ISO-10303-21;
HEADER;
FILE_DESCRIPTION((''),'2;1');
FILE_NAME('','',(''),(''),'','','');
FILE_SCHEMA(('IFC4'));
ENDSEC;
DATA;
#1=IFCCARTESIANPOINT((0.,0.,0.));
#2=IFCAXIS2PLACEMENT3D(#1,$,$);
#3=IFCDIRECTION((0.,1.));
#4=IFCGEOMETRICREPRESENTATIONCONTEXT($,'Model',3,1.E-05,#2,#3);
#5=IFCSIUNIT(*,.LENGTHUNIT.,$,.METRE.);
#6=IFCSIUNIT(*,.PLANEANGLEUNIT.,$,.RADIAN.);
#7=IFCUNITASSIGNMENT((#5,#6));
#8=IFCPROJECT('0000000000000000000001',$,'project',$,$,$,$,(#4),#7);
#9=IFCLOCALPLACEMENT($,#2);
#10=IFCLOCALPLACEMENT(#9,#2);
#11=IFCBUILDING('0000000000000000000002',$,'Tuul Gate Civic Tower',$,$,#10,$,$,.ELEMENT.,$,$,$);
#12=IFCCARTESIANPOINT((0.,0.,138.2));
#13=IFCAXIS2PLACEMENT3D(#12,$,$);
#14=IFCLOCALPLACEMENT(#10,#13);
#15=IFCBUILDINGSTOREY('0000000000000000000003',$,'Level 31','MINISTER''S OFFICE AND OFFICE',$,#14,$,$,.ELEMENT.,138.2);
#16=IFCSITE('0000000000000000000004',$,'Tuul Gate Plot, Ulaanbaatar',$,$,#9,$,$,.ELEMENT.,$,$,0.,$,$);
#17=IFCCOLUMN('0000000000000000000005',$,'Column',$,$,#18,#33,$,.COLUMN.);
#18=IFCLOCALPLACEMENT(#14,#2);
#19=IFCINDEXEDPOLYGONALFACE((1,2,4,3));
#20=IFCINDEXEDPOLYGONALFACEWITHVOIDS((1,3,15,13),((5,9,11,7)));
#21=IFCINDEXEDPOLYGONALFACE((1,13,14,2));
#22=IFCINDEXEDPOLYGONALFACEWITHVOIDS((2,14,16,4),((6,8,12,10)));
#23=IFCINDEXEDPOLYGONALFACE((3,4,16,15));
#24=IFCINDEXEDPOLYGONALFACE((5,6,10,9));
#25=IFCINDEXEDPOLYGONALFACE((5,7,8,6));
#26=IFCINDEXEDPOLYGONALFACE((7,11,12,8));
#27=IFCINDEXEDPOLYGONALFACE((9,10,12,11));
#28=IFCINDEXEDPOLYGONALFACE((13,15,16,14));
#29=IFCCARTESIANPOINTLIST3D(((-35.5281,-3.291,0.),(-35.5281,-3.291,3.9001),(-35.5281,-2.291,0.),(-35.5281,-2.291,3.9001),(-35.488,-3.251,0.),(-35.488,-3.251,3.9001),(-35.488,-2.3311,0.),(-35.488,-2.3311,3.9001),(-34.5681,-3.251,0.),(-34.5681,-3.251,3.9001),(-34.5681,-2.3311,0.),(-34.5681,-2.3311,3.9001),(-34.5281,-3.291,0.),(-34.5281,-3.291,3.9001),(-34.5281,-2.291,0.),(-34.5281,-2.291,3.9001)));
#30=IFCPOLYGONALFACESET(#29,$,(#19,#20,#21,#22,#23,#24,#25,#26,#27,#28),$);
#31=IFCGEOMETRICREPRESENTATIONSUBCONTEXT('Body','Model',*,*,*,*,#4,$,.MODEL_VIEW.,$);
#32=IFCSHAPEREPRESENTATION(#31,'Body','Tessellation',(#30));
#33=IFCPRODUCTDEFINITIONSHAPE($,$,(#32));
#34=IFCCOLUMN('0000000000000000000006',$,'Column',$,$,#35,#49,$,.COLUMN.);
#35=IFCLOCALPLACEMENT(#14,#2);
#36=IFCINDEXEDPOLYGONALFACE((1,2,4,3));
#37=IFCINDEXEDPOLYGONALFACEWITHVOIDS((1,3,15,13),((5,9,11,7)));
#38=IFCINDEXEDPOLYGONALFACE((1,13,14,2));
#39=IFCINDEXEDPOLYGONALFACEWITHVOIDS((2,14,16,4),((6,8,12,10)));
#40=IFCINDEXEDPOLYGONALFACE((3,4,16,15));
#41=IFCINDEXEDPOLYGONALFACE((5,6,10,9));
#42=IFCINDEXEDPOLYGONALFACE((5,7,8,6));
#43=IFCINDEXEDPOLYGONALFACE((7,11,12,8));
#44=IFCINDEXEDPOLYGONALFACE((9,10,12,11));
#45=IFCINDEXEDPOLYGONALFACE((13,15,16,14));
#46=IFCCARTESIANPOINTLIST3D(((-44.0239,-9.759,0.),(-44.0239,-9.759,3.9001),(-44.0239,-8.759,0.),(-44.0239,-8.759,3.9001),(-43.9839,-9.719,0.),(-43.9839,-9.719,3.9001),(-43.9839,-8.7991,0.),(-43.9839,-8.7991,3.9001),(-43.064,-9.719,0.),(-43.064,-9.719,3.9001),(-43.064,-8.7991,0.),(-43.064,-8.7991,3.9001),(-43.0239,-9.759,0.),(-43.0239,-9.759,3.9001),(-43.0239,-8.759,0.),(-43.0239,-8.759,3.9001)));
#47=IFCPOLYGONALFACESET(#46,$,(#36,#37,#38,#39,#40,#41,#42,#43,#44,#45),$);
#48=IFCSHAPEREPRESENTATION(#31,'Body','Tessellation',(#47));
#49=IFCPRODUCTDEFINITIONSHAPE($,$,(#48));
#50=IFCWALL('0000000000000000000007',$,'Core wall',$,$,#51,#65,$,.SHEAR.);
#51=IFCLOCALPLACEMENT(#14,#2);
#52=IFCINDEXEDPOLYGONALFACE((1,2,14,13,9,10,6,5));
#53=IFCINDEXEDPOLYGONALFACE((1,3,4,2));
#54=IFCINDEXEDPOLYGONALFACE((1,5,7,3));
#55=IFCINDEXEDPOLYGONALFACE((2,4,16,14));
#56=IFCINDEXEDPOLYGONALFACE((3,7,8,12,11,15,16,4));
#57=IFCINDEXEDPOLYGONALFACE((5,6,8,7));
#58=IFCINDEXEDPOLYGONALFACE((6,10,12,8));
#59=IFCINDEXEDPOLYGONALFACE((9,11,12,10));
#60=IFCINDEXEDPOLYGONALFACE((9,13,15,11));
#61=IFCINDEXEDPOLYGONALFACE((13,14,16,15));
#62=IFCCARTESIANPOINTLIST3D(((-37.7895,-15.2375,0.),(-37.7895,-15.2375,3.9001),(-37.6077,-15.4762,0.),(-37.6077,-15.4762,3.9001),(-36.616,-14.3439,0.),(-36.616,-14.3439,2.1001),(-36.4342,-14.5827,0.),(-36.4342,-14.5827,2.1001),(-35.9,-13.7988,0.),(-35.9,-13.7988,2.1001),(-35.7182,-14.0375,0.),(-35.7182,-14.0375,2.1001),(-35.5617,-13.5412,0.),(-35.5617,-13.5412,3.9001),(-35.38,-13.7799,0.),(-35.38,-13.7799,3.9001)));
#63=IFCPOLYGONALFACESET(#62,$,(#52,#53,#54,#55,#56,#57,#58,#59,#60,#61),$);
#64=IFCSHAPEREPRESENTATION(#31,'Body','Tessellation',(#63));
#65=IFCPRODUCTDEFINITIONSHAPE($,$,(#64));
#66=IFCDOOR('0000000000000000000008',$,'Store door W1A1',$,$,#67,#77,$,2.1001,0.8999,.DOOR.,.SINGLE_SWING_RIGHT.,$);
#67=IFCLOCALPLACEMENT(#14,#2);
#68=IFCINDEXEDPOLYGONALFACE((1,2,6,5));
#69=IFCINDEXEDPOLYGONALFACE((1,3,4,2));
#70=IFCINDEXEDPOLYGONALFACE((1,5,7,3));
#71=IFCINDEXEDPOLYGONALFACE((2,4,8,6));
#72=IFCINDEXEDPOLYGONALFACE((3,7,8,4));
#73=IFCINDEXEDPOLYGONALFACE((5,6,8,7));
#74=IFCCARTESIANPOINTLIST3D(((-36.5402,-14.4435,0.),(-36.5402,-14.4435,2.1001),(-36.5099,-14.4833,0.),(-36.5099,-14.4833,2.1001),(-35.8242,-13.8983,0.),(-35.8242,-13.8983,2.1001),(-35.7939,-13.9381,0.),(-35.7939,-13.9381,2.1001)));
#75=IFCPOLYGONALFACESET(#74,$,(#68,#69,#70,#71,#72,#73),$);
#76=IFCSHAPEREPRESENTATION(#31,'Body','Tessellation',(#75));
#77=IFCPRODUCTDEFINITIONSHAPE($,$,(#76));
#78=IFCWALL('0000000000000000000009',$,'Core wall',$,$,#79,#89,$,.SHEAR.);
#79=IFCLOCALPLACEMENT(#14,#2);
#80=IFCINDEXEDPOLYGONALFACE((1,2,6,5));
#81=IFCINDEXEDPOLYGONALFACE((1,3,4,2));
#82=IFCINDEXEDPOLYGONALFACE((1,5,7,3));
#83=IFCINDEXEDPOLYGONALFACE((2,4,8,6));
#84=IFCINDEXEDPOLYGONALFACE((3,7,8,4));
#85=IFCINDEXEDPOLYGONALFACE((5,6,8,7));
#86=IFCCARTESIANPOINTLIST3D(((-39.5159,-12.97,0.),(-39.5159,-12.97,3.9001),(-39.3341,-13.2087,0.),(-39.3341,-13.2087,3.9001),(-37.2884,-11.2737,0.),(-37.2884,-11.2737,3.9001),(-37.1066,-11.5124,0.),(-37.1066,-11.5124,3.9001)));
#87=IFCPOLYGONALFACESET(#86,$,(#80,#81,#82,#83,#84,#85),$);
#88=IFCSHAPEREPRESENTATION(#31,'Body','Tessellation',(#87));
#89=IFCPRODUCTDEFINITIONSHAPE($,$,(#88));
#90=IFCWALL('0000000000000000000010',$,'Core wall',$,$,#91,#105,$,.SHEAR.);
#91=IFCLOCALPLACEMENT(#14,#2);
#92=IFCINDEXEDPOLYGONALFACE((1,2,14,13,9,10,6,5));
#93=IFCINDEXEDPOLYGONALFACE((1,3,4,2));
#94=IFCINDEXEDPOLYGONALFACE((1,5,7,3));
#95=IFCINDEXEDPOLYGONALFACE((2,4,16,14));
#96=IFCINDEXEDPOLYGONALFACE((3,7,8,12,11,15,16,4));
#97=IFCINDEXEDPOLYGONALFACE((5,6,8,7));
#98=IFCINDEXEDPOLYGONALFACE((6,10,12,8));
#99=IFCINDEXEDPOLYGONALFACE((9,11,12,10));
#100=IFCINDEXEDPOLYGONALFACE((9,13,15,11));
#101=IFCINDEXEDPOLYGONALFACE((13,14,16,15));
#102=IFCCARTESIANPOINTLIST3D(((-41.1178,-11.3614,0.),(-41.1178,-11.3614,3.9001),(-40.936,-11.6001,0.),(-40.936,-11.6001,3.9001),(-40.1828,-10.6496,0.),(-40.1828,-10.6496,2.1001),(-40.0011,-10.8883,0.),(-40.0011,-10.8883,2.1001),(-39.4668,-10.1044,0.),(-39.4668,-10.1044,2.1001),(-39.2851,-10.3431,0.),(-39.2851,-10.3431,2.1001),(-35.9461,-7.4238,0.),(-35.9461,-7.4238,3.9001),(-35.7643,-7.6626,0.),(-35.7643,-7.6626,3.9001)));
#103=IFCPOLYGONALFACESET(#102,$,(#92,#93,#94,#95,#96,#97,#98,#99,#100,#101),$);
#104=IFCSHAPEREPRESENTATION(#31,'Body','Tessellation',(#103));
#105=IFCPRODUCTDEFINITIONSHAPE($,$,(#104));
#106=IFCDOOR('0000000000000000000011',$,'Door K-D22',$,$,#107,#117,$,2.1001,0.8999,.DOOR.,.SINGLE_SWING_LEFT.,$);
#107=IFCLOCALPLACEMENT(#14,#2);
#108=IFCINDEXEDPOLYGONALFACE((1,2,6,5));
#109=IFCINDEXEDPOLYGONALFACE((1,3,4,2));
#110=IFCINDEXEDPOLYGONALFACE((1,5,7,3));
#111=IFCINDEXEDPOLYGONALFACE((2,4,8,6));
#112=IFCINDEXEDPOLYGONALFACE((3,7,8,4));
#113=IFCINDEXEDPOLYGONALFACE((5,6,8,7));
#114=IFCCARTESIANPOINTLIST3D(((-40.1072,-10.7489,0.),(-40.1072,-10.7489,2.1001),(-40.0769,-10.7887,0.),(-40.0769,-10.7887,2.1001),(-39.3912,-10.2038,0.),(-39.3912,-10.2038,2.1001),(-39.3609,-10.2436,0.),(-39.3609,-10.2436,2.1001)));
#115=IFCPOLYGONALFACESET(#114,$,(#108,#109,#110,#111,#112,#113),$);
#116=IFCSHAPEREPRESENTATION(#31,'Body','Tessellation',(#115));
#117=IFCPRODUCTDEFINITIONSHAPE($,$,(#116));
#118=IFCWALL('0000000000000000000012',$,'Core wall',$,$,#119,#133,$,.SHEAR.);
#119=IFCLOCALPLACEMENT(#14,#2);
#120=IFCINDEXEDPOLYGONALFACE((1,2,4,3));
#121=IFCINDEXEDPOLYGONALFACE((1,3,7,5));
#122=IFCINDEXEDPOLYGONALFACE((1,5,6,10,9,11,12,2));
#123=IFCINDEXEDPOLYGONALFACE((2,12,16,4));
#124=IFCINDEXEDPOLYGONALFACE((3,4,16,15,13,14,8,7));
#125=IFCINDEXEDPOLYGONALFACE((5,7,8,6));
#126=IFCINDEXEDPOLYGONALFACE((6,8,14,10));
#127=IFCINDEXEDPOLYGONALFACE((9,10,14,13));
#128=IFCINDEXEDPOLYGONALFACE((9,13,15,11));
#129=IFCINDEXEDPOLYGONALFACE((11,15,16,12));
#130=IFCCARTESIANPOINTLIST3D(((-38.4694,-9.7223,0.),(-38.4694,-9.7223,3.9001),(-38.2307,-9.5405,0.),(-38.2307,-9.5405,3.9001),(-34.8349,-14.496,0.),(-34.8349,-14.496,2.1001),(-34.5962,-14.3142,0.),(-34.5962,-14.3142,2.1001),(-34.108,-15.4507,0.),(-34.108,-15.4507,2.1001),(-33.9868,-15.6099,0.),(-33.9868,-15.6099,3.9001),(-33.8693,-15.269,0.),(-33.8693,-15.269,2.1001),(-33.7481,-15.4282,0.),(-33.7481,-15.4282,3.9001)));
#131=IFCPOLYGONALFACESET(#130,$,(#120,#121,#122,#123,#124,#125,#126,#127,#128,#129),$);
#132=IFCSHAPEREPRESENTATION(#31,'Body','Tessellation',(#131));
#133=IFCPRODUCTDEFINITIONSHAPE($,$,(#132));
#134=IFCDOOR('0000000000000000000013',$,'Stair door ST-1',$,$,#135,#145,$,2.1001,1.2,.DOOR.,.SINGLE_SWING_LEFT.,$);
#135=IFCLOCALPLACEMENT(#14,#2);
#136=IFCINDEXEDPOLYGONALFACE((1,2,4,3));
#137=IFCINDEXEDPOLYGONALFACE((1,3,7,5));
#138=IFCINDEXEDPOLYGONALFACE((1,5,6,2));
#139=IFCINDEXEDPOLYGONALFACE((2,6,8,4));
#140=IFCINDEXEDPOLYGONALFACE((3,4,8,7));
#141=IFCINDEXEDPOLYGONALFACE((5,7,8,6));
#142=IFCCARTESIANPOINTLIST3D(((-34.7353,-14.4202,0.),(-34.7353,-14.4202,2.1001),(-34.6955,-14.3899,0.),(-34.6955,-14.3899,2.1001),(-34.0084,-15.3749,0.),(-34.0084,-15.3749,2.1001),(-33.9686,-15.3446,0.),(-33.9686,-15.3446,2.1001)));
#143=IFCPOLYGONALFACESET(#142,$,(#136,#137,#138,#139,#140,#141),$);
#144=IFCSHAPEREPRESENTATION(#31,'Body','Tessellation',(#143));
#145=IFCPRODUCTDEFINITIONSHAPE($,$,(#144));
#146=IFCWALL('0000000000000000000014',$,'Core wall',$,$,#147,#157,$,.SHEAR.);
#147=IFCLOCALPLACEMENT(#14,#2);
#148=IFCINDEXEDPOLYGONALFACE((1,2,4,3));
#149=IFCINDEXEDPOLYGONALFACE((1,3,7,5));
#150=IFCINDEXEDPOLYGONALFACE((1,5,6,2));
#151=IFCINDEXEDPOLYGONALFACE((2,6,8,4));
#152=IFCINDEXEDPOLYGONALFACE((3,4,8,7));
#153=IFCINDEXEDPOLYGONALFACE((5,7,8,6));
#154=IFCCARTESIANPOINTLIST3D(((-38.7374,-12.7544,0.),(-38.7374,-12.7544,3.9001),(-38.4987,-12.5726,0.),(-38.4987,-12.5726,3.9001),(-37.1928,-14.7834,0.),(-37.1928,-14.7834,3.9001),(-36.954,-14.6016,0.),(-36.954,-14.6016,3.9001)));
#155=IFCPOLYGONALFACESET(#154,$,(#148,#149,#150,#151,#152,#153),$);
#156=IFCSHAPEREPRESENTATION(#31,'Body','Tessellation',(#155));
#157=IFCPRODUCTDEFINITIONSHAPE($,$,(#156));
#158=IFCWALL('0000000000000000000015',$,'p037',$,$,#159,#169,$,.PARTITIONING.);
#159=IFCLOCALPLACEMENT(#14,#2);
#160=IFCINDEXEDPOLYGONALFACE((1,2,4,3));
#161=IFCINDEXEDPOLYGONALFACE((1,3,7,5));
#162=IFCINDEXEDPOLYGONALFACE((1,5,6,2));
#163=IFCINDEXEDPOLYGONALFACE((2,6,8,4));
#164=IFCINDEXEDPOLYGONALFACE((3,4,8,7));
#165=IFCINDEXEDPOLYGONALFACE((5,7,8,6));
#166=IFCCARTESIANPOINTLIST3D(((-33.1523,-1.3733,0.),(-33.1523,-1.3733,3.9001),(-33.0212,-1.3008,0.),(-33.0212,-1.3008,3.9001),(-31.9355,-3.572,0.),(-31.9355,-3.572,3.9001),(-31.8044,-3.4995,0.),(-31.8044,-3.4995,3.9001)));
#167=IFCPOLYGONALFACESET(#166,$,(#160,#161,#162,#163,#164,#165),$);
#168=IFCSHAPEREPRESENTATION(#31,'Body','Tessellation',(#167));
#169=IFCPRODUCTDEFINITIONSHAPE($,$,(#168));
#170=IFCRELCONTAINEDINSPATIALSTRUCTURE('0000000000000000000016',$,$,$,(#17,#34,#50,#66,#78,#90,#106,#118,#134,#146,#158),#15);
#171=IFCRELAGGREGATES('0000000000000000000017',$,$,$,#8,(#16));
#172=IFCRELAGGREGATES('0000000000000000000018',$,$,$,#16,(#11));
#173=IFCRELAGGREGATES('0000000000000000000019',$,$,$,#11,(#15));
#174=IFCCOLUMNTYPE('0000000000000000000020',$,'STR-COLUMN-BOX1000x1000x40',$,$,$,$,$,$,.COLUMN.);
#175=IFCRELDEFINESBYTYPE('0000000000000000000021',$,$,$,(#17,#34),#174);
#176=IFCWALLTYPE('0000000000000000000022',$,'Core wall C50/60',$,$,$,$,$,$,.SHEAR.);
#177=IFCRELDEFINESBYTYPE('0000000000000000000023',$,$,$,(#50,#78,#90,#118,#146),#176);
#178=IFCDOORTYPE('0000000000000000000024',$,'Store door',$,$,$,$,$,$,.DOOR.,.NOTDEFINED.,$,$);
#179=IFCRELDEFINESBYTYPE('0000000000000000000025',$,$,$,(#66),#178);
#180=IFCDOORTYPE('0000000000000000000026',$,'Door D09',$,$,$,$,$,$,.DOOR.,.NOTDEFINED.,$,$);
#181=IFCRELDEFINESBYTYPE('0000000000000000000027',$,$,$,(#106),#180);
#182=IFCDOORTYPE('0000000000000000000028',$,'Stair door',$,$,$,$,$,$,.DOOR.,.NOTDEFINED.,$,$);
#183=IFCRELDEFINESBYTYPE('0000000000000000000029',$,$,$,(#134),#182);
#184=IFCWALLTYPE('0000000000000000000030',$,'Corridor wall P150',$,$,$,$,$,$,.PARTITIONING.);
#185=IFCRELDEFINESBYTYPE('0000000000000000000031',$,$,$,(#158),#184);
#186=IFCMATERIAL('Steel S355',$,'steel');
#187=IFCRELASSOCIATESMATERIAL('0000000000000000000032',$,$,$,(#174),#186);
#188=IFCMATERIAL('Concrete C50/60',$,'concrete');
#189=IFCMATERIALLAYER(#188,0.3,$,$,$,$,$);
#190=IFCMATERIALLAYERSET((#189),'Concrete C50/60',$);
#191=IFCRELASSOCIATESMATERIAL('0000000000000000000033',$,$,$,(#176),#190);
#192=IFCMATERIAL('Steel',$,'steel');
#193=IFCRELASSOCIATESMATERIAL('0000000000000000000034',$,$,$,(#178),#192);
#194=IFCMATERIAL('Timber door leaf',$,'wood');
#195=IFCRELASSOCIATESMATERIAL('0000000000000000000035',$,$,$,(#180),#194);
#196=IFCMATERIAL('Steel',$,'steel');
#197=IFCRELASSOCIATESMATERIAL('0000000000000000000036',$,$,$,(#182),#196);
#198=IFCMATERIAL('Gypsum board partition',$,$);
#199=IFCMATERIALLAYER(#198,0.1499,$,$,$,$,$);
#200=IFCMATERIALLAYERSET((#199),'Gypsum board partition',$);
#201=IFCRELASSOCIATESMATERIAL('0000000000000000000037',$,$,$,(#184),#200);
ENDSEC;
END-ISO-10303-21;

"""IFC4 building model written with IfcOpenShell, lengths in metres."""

from ifc_helpers import new_model, si_unit, direction, frame, frame_2d, origin, origin_2d, place, context, subcontext, project, spatial, rectangle, hollow_rectangle, extrude, material, layer, layer_set, material_profile, profile_set, type_object, element, fill, save


model = new_model("IFC4")

# Units and contexts
model_context = context("Model", 3, precision=1e-05, world=origin(), true_north=direction((0.0, 1.0)))
body_context = subcontext(model_context, "Body", "Model", "MODEL_VIEW")
ifc_project = project(units=[si_unit("LENGTHUNIT", "METRE"), si_unit("PLANEANGLEUNIT", "RADIAN")], contexts=[model_context])

# Site, building, storey
site_placement = place(None, origin())
site = spatial("IfcSite", under=ifc_project, at=site_placement, Name="Tuul Gate Plot, Ulaanbaatar", CompositionType="ELEMENT", RefElevation=0.0)
building_placement = place(site_placement, origin())
building = spatial("IfcBuilding", under=site, at=building_placement, Name="Tuul Gate Civic Tower", CompositionType="ELEMENT")
storey_placement = place(building_placement, frame((0.0, 0.0, 138.2)))
storey = spatial("IfcBuildingStorey", under=building, at=storey_placement, Name="Level 31", Description="MINISTER'S OFFICE AND OFFICE", CompositionType="ELEMENT", Elevation=138.2)

# Columns
ifc_material_1 = material(Name="Steel S355", Category="steel")
ifc_material_profile_1 = material_profile(ifc_material_1, hollow_rectangle(XDim=1.0, YDim=1.0, WallThickness=0.04, at=origin_2d()), Name="BOX1000x1000x40")
ifc_profile_set_1 = profile_set([ifc_material_profile_1], Name="Steel S355")
column_type = type_object("IfcColumnType", Name="STR-COLUMN-BOX1000x1000x40", PredefinedType="COLUMN", material=ifc_profile_set_1)
for number, where, z_axis, x_axis, name in (
    (1, (-35.0281, -2.791, 0.0), (0.0, 0.0, 1.0), (1.0, 0.0, 0.0), "Column"),
    (2, (-43.5239, -9.259, 0.0), (0.0, 0.0, 1.0), (1.0, 0.0, 0.0), "Column"),
):
    element("IfcColumn", number, at=place(storey_placement, frame(where, z_axis=z_axis, x_axis=x_axis)), inside=storey, type_object=column_type, Name=name, PredefinedType="COLUMN", context=body_context, shape_type="SweptSolid", body=[
        extrude(hollow_rectangle(XDim=1.0, YDim=1.0, WallThickness=0.04, at=origin_2d()), origin(), (0.0, 0.0, 1.0), 3.9001),
    ])

# Wall, opening, door
ifc_material_2 = material(Name="Concrete C50/60", Category="concrete")
ifc_layer_1 = layer(ifc_material_2, 0.3)
ifc_layer_set_1 = layer_set([ifc_layer_1], Name="Concrete C50/60")
wall_type_1 = type_object("IfcWallType", Name="Core wall C50/60", PredefinedType="SHEAR", material=ifc_layer_set_1)
wall_1_placement = place(storey_placement, frame((-35.4709, -13.6606, 0.0), z_axis=(0.0, 0.0, 1.0), x_axis=(-0.795616, -0.605802, 0.0)))
wall_1 = element("IfcWall", 3, at=wall_1_placement, inside=storey, type_object=wall_type_1, Name="Core wall", PredefinedType="SHEAR", context=body_context, shape_type="SweptSolid", body=[
    extrude(rectangle(XDim=2.8, YDim=0.3, at=frame_2d((1.3999, 0.0))), origin(), (0.0, 0.0, 1.0), 3.9001),
])
opening_1_placement = place(wall_1_placement, frame((0.425, 0.0, 0.0)))
opening_1 = element("IfcOpeningElement", 4, at=opening_1_placement, cuts=wall_1, PredefinedType="OPENING", context=body_context, shape_type="SweptSolid", body=[
    extrude(rectangle(XDim=0.8999, YDim=2.1001, at=frame_2d((0.45, 1.05))), frame((0.0, 0.1602, 0.0), z_axis=(0.0, -1.0, 0.0), x_axis=(1.0, 0.0, 0.0)), (0.0, 0.0, 1.0), 0.3201),
])
ifc_material_3 = material(Name="Steel", Category="steel")
door_type_1 = type_object("IfcDoorType", Name="Store door", OperationType="NOTDEFINED", PredefinedType="DOOR", material=ifc_material_3)
door_1_placement = place(opening_1_placement, frame((0.8999, 0.0, 0.0), z_axis=(0.0, 0.0, 1.0), x_axis=(-1.0, 0.0, 0.0)))
door_1 = element("IfcDoor", 5, at=door_1_placement, inside=storey, type_object=door_type_1, Name="Store door W1A1", OperationType="SINGLE_SWING_RIGHT", OverallHeight=2.1001, OverallWidth=0.8999, PredefinedType="DOOR", context=body_context, shape_type="SweptSolid", body=[
    extrude(rectangle(XDim=0.8999, YDim=2.1001, at=frame_2d((0.45, 1.05))), frame((0.0, 0.0249, 0.0), z_axis=(0.0, -1.0, 0.0), x_axis=(1.0, 0.0, 0.0)), (0.0, 0.0, 1.0), 0.05),
])
fill(opening_1, door_1)

# Wall
wall_2_placement = place(storey_placement, frame((-37.1975, -11.3931, 0.0), z_axis=(0.0, 0.0, 1.0), x_axis=(-0.795584, -0.605844, 0.0)))
element("IfcWall", 6, at=wall_2_placement, inside=storey, type_object=wall_type_1, Name="Core wall", PredefinedType="SHEAR", context=body_context, shape_type="SweptSolid", body=[
    extrude(rectangle(XDim=2.7998, YDim=0.3, at=frame_2d((1.3999, 0.0))), origin(), (0.0, 0.0, 1.0), 3.9001),
])

# Walls, openings, doors
wall_3_placement = place(storey_placement, frame((-35.8552, -7.5432, 0.0), z_axis=(0.0, 0.0, 1.0), x_axis=(-0.795639, -0.605772, 0.0)))
wall_3 = element("IfcWall", 7, at=wall_3_placement, inside=storey, type_object=wall_type_1, Name="Core wall", PredefinedType="SHEAR", context=body_context, shape_type="SweptSolid", body=[
    extrude(rectangle(XDim=6.5, YDim=0.3, at=frame_2d((3.25, 0.0))), origin(), (0.0, 0.0, 1.0), 3.9001),
])
opening_2_placement = place(wall_3_placement, frame((4.425, 0.0, 0.0)))
opening_2 = element("IfcOpeningElement", 8, at=opening_2_placement, cuts=wall_3, PredefinedType="OPENING", context=body_context, shape_type="SweptSolid", body=[
    extrude(rectangle(XDim=0.8999, YDim=2.1001, at=frame_2d((0.45, 1.05))), frame((0.0, 0.1602, 0.0), z_axis=(0.0, -1.0, 0.0), x_axis=(1.0, 0.0, 0.0)), (0.0, 0.0, 1.0), 0.3201),
])
ifc_material_4 = material(Name="Timber door leaf", Category="wood")
door_type_2 = type_object("IfcDoorType", Name="Door D09", OperationType="NOTDEFINED", PredefinedType="DOOR", material=ifc_material_4)
door_2_placement = place(opening_2_placement, origin())
door_2 = element("IfcDoor", 9, at=door_2_placement, inside=storey, type_object=door_type_2, Name="Door K-D22", OperationType="SINGLE_SWING_LEFT", OverallHeight=2.1001, OverallWidth=0.8999, PredefinedType="DOOR", context=body_context, shape_type="SweptSolid", body=[
    extrude(rectangle(XDim=0.8999, YDim=2.1001, at=frame_2d((0.45, 1.05))), frame((0.0, 0.0249, 0.0), z_axis=(0.0, -1.0, 0.0), x_axis=(1.0, 0.0, 0.0)), (0.0, 0.0, 1.0), 0.05),
])
fill(opening_2, door_2)
wall_4_placement = place(storey_placement, frame((-33.8674, -15.519, 0.0), z_axis=(0.0, 0.0, 1.0), x_axis=(-0.60577, 0.79564, 0.0)))
wall_4 = element("IfcWall", 10, at=wall_4_placement, inside=storey, type_object=wall_type_1, Name="Core wall", PredefinedType="SHEAR", context=body_context, shape_type="SweptSolid", body=[
    extrude(rectangle(XDim=7.3999, YDim=0.3, at=frame_2d((3.7, 0.0))), origin(), (0.0, 0.0, 1.0), 3.9001),
])
opening_3_placement = place(wall_4_placement, frame((0.2, 0.0, 0.0)))
opening_3 = element("IfcOpeningElement", 11, at=opening_3_placement, cuts=wall_4, PredefinedType="OPENING", context=body_context, shape_type="SweptSolid", body=[
    extrude(rectangle(XDim=1.2, YDim=2.1001, at=frame_2d((0.6001, 1.05))), frame((0.0, 0.1602, 0.0), z_axis=(0.0, -1.0, 0.0), x_axis=(1.0, 0.0, 0.0)), (0.0, 0.0, 1.0), 0.3201),
])
ifc_material_5 = material(Name="Steel", Category="steel")
door_type_3 = type_object("IfcDoorType", Name="Stair door", OperationType="NOTDEFINED", PredefinedType="DOOR", material=ifc_material_5)
door_3_placement = place(opening_3_placement, origin())
door_3 = element("IfcDoor", 12, at=door_3_placement, inside=storey, type_object=door_type_3, Name="Stair door ST-1", OperationType="SINGLE_SWING_LEFT", OverallHeight=2.1001, OverallWidth=1.2, PredefinedType="DOOR", context=body_context, shape_type="SweptSolid", body=[
    extrude(rectangle(XDim=1.2, YDim=2.1001, at=frame_2d((0.6001, 1.05))), frame((0.0, 0.0249, 0.0), z_axis=(0.0, -1.0, 0.0), x_axis=(1.0, 0.0, 0.0)), (0.0, 0.0, 1.0), 0.05),
])
fill(opening_3, door_3)

# Walls
wall_5_placement = place(storey_placement, frame((-37.0735, -14.6924, 0.0), z_axis=(0.0, 0.0, 1.0), x_axis=(-0.605729, 0.795671, 0.0)))
element("IfcWall", 13, at=wall_5_placement, inside=storey, type_object=wall_type_1, Name="Core wall", PredefinedType="SHEAR", context=body_context, shape_type="SweptSolid", body=[
    extrude(rectangle(XDim=2.55, YDim=0.3, at=frame_2d((1.2749, 0.0))), origin(), (0.0, 0.0, 1.0), 3.9001),
])
ifc_material_6 = material(Name="Gypsum board partition")
ifc_layer_2 = layer(ifc_material_6, 0.1499)
ifc_layer_set_2 = layer_set([ifc_layer_2], Name="Gypsum board partition")
wall_type_2 = type_object("IfcWallType", Name="Corridor wall P150", PredefinedType="PARTITIONING", material=ifc_layer_set_2)
wall_6_placement = place(storey_placement, frame((-33.0867, -1.3372, 0.0), z_axis=(0.0, 0.0, 1.0), x_axis=(0.484207, -0.874953, 0.0)))
element("IfcWall", 14, at=wall_6_placement, inside=storey, type_object=wall_type_2, Name="p037", PredefinedType="PARTITIONING", context=body_context, shape_type="SweptSolid", body=[
    extrude(rectangle(XDim=2.5129, YDim=0.1499, at=frame_2d((1.2563, 0.0))), origin(), (0.0, 0.0, 1.0), 3.9001),
])

save(model, "model.ifc")
